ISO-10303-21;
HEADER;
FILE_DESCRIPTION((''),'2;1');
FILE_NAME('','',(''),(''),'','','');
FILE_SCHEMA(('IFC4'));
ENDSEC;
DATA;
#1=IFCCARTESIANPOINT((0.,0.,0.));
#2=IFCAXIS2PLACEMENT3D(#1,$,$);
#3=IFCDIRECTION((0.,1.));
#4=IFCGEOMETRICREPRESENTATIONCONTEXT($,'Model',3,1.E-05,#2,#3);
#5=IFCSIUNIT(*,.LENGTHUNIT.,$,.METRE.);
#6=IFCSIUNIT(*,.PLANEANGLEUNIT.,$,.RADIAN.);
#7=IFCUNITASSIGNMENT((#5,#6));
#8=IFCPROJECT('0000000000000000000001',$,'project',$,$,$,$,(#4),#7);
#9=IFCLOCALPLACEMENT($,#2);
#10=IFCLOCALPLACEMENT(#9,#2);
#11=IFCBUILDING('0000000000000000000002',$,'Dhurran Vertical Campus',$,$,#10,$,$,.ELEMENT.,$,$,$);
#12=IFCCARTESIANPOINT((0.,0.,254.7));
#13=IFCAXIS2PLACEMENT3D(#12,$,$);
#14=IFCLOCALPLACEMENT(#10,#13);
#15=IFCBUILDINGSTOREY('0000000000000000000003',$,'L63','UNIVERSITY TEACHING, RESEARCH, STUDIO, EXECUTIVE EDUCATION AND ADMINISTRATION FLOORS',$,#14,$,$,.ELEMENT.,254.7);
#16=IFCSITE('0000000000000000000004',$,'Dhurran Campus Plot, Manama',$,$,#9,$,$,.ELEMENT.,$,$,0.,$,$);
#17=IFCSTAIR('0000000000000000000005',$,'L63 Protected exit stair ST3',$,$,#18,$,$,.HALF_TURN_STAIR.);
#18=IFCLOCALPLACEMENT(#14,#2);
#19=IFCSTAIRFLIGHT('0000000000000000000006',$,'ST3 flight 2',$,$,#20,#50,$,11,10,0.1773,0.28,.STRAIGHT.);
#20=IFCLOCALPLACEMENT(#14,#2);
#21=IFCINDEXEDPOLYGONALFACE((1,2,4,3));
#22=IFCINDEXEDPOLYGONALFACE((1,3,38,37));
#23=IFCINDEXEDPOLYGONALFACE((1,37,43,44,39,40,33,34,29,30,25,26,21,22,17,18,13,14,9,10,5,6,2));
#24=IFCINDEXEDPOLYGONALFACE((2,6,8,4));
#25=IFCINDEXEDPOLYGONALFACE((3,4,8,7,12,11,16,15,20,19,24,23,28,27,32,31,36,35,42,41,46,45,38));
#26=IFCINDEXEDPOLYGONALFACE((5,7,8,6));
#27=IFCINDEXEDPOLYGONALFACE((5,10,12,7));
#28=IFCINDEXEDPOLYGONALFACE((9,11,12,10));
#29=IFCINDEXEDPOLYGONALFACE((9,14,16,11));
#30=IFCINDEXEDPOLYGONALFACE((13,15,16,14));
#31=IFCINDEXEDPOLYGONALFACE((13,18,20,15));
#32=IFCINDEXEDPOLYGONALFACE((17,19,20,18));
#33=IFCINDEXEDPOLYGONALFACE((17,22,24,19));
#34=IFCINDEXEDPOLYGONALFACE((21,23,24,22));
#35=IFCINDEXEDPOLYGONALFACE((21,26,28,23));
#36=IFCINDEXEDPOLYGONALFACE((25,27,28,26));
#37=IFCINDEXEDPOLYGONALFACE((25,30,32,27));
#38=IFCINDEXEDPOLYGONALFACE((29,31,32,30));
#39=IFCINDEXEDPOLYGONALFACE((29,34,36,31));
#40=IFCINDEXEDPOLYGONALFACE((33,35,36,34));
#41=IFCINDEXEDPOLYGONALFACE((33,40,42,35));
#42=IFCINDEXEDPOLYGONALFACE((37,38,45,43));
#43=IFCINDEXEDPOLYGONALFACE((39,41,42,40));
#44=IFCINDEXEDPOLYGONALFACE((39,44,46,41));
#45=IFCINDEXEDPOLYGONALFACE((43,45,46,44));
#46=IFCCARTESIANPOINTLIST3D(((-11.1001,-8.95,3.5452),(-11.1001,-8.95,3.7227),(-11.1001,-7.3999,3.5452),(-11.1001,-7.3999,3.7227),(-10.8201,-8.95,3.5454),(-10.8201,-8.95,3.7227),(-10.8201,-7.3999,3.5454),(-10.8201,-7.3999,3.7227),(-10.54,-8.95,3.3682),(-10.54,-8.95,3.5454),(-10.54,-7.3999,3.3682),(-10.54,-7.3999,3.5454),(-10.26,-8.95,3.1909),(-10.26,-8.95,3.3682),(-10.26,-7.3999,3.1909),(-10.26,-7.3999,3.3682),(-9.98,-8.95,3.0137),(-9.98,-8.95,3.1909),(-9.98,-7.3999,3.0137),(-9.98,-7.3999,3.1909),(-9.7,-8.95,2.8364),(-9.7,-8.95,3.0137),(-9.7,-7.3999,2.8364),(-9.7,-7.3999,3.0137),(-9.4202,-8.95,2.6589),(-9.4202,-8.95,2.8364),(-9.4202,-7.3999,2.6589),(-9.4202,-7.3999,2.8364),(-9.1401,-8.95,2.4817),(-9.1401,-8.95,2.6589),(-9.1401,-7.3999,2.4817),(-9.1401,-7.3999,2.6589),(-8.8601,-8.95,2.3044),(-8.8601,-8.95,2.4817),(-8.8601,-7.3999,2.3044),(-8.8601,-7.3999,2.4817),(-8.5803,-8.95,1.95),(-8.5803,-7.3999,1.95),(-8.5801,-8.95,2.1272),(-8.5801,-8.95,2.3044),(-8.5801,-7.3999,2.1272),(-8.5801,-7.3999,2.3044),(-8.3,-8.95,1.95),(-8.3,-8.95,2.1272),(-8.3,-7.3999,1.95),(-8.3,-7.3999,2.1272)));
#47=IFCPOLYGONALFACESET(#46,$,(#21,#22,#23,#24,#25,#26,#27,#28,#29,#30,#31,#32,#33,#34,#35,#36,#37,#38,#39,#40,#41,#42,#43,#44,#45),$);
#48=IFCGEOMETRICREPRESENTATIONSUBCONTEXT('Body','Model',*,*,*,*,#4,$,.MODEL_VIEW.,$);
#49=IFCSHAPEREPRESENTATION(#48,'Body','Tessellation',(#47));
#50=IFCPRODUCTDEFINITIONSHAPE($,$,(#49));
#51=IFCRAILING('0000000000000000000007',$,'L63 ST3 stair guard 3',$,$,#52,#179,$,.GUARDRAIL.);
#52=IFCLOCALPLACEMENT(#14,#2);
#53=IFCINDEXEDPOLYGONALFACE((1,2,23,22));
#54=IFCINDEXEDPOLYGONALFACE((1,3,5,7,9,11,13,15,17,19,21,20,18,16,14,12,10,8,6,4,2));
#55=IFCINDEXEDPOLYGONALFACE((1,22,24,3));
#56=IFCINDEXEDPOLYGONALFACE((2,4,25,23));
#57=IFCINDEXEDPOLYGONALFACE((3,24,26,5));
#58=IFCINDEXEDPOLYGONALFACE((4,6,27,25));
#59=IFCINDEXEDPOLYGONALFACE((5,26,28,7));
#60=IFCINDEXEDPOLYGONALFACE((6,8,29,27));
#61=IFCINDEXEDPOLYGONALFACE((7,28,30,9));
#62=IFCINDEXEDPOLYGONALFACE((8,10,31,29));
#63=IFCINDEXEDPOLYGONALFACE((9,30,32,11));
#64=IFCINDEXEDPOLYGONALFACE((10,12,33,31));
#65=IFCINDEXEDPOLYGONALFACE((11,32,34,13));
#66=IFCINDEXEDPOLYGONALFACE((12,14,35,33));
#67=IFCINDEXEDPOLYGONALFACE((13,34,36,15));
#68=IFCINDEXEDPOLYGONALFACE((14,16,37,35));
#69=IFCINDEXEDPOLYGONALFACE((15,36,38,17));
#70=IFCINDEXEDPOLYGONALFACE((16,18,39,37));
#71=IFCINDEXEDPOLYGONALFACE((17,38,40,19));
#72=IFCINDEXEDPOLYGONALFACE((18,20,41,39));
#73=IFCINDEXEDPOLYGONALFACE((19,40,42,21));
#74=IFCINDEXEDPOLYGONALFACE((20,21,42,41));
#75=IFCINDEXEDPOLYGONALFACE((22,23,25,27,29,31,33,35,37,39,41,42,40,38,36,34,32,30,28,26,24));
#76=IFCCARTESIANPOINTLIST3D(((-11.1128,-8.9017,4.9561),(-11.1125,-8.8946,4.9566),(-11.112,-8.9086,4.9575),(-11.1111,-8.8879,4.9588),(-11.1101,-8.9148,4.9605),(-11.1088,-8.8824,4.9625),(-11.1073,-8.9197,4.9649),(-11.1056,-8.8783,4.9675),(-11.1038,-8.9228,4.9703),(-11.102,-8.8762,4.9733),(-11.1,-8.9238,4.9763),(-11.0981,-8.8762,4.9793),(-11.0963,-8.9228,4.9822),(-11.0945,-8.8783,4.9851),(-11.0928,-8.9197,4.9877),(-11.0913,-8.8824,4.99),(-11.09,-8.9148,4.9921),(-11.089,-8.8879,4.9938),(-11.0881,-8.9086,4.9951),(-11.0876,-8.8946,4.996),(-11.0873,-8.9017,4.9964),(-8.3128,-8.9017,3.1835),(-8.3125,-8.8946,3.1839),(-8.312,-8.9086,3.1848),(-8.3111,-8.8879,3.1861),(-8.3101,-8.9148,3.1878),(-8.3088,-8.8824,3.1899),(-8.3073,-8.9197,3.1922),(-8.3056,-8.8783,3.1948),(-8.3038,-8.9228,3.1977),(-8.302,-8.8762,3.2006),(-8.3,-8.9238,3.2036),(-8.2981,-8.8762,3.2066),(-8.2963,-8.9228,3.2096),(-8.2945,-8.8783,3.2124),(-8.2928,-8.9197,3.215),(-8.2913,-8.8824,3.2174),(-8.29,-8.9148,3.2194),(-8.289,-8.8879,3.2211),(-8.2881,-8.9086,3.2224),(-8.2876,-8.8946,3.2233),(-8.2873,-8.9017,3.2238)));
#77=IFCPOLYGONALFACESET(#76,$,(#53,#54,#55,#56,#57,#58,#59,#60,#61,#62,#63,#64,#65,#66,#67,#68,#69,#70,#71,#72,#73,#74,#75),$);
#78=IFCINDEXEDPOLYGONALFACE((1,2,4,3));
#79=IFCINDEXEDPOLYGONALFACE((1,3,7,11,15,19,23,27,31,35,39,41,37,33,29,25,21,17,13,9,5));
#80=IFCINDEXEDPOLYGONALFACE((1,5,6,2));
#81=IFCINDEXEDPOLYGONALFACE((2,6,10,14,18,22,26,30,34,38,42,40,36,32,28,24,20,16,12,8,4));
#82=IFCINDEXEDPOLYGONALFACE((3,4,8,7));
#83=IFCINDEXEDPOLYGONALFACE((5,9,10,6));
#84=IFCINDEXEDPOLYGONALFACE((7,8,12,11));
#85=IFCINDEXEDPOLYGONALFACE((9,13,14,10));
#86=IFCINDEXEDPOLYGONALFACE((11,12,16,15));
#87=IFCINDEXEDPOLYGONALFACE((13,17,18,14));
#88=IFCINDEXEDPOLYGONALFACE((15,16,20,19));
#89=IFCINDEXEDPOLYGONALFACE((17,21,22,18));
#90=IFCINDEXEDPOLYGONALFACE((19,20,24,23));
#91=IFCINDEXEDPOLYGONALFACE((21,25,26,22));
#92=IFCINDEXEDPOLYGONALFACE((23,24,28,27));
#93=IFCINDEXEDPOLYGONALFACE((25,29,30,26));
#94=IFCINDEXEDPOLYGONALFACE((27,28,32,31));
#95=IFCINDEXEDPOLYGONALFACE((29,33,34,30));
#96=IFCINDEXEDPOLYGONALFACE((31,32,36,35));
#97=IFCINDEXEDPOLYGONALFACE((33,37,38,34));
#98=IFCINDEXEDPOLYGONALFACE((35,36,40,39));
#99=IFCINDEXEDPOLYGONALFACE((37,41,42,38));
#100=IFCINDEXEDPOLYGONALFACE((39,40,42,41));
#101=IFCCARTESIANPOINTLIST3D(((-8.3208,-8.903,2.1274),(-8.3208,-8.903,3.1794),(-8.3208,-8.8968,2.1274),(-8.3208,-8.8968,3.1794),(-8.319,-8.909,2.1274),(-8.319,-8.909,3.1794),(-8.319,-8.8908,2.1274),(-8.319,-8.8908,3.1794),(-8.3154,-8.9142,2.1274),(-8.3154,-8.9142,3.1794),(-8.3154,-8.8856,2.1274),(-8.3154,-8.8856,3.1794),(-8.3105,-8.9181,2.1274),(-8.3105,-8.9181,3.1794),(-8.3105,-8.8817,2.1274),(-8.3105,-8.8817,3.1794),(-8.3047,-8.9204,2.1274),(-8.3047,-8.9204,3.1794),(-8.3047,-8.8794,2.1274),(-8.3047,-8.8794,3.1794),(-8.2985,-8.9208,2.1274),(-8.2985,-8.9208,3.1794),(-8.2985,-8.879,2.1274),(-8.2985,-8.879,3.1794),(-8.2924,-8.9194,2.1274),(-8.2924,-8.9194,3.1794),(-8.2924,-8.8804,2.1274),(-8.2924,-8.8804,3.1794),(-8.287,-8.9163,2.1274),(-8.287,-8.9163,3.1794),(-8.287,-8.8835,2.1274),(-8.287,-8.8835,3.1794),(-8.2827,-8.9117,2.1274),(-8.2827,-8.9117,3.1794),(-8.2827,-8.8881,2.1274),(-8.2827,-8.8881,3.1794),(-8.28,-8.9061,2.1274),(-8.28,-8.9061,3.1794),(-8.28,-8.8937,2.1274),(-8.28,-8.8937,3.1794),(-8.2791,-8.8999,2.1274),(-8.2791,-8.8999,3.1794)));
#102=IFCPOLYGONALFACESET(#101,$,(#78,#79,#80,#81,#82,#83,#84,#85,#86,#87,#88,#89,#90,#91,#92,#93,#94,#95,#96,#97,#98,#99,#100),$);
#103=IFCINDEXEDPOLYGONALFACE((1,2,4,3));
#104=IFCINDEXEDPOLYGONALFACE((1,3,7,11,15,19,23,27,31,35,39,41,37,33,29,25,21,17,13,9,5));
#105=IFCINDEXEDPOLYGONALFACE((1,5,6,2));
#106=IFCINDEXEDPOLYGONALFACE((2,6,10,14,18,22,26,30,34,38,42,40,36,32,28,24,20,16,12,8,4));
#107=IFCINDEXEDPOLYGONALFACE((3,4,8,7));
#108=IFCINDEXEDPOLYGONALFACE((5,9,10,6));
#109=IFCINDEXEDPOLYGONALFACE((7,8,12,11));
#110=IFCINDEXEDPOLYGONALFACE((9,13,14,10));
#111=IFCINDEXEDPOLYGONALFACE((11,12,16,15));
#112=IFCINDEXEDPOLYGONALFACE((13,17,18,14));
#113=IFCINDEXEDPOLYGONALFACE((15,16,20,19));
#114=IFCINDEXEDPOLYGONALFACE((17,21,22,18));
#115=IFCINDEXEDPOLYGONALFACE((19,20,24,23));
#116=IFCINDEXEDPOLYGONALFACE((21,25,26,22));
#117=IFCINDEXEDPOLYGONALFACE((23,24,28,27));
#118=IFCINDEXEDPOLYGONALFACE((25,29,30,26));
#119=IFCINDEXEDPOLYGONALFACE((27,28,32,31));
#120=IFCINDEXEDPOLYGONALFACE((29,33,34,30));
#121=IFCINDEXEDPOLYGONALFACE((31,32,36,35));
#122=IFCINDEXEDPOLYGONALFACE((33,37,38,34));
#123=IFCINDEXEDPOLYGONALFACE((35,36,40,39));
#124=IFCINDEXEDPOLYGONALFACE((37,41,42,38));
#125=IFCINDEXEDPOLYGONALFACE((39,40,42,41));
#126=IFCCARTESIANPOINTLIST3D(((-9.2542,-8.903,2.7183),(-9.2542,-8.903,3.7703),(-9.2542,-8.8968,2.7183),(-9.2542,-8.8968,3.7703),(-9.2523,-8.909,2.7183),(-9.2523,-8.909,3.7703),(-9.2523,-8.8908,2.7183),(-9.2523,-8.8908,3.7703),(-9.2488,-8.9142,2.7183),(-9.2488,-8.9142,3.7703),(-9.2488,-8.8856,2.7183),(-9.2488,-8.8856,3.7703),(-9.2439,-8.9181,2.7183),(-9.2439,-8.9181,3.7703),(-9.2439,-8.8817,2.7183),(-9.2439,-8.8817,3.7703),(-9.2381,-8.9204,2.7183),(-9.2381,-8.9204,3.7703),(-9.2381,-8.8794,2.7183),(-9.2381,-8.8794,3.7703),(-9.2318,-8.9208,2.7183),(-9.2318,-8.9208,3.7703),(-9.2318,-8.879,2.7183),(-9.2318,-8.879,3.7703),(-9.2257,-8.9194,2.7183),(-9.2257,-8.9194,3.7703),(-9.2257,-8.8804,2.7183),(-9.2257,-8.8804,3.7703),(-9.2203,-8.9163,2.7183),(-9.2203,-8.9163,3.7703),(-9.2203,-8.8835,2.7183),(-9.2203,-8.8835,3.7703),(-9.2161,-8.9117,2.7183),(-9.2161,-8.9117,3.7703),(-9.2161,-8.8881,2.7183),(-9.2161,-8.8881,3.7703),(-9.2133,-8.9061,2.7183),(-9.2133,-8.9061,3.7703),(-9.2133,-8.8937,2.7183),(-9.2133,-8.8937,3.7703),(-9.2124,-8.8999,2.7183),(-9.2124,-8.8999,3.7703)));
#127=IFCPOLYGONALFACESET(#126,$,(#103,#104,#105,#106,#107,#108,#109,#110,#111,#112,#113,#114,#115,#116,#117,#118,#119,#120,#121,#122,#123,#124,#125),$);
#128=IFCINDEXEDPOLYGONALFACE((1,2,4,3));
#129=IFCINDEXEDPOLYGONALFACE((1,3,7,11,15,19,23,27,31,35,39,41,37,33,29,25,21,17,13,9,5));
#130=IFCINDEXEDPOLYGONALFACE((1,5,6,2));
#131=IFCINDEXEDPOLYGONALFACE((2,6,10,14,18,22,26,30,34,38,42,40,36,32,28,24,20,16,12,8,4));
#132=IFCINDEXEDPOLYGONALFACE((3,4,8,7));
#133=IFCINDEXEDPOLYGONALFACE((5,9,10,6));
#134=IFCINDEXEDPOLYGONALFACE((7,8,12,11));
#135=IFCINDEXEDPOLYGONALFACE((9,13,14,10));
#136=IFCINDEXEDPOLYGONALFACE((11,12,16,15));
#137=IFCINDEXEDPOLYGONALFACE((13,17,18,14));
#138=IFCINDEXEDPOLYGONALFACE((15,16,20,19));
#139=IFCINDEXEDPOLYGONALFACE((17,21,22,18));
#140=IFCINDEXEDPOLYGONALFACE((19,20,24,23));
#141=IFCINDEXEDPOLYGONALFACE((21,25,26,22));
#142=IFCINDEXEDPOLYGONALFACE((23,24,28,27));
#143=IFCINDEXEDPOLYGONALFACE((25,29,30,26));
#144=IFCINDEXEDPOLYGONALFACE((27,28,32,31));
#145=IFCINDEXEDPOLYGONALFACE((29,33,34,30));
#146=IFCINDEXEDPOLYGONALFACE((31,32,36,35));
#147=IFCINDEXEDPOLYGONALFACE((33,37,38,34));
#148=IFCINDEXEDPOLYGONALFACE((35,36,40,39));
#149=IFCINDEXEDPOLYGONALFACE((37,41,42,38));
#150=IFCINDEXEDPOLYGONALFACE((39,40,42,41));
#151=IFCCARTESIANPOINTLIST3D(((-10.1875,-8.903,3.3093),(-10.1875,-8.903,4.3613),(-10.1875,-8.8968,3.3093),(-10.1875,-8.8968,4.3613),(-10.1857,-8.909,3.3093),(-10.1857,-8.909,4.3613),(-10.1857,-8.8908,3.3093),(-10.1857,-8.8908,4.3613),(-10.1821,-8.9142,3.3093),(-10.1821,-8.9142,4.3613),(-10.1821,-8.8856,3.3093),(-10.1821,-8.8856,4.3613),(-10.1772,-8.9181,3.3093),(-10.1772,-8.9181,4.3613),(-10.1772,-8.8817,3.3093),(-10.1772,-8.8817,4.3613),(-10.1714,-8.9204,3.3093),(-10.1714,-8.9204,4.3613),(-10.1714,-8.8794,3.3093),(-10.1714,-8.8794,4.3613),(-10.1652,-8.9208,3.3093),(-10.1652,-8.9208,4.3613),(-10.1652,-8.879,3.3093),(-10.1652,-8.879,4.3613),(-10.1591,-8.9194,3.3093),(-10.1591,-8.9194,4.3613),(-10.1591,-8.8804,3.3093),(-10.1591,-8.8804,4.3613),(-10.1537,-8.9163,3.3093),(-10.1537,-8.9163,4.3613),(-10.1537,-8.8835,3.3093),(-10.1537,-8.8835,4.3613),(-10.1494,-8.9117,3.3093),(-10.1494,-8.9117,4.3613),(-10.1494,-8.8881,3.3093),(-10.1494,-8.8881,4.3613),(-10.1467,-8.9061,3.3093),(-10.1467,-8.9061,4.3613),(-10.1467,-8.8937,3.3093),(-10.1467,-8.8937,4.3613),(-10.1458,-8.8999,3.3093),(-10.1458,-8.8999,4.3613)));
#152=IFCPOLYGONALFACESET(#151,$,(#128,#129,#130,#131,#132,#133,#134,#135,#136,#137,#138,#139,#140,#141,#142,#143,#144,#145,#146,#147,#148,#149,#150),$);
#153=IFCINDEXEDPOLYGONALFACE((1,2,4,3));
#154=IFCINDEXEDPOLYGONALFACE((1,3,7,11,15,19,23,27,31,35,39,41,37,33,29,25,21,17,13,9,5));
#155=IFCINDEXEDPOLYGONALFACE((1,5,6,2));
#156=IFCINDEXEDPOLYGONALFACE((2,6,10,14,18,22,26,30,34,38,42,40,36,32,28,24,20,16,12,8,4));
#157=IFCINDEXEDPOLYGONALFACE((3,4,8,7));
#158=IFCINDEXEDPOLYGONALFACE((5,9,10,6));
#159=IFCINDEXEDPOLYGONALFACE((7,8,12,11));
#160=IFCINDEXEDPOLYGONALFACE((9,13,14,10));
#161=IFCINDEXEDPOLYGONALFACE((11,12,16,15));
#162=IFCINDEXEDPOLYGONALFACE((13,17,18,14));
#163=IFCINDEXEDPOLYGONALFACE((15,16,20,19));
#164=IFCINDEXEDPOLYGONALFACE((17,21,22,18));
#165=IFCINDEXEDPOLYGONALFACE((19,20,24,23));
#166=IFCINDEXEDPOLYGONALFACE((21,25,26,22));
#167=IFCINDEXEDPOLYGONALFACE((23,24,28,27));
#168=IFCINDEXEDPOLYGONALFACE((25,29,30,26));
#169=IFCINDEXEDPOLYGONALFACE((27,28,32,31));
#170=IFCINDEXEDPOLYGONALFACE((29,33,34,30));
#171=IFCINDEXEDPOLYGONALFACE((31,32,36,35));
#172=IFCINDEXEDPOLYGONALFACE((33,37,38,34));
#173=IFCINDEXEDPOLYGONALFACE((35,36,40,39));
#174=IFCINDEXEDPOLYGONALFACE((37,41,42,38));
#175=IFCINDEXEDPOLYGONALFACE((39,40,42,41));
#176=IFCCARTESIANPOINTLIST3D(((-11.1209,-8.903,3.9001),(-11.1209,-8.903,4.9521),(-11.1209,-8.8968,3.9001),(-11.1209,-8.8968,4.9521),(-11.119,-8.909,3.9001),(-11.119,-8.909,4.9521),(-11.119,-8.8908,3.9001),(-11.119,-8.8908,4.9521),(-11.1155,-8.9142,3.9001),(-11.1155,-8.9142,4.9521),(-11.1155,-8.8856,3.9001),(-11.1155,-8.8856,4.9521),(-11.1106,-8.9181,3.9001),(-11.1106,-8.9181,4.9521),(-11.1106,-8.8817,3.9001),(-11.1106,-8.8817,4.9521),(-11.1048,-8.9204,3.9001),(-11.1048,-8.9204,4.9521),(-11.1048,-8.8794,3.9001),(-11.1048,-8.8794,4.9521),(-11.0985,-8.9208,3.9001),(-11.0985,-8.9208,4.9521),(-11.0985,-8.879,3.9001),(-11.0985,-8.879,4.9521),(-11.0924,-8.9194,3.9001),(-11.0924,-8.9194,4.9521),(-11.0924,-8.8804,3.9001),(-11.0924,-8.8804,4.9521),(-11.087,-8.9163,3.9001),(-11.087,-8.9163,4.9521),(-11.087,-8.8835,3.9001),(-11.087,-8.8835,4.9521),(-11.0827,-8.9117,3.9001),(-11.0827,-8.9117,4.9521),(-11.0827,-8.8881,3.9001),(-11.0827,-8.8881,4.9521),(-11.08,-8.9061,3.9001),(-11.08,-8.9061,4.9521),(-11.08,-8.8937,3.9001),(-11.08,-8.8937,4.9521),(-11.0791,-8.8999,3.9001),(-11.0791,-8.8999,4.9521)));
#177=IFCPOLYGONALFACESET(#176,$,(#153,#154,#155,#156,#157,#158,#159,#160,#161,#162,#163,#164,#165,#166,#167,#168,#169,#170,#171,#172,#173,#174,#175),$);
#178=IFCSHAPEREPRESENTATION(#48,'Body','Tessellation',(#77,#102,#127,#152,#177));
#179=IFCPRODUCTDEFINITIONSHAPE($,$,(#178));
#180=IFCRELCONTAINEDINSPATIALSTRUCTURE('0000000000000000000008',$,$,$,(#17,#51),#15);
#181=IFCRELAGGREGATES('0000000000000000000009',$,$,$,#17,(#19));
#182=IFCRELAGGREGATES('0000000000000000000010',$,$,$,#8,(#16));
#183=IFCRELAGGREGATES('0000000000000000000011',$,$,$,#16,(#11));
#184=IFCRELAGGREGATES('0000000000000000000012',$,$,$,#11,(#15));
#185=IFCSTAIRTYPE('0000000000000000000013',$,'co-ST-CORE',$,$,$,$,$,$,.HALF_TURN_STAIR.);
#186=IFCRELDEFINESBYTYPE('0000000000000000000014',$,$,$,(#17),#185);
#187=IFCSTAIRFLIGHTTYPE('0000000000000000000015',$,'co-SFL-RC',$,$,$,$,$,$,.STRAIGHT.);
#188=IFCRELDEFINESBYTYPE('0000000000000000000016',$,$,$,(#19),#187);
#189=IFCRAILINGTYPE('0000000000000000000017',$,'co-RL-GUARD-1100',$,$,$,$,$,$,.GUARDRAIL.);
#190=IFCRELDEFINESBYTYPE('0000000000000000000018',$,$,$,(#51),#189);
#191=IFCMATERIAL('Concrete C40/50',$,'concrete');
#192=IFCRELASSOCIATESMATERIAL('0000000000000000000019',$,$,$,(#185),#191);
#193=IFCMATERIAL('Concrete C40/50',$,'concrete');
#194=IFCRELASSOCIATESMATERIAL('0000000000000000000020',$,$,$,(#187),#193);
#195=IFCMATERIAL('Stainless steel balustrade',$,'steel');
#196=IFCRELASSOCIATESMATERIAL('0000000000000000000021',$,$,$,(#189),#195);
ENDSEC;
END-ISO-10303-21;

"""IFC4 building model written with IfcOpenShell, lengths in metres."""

from ifc_helpers import new_model, si_unit, direction, frame, origin, origin_2d, place, context, subcontext, project, spatial, polyline, circle, outline, extrude, material, type_object, element, aggregate, save


model = new_model("IFC4")

# Units and contexts
model_context = context("Model", 3, precision=1e-05, world=origin(), true_north=direction((0.0, 1.0)))
body_context = subcontext(model_context, "Body", "Model", "MODEL_VIEW")
ifc_project = project(units=[si_unit("LENGTHUNIT", "METRE"), si_unit("PLANEANGLEUNIT", "RADIAN")], contexts=[model_context])

# Site, building, storey
site_placement = place(None, origin())
site = spatial("IfcSite", under=ifc_project, at=site_placement, Name="Dhurran Campus Plot, Manama", CompositionType="ELEMENT", RefElevation=0.0)
building_placement = place(site_placement, origin())
building = spatial("IfcBuilding", under=site, at=building_placement, Name="Dhurran Vertical Campus", CompositionType="ELEMENT")
storey_placement = place(building_placement, frame((0.0, 0.0, 254.7)))
storey = spatial("IfcBuildingStorey", under=building, at=storey_placement, Name="L63", Description="UNIVERSITY TEACHING, RESEARCH, STUDIO, EXECUTIVE EDUCATION AND ADMINISTRATION FLOORS", CompositionType="ELEMENT", Elevation=254.7)

# Stair, stair flight
ifc_material_1 = material(Name="Concrete C40/50", Category="concrete")
stair_type = type_object("IfcStairType", Name="co-ST-CORE", PredefinedType="HALF_TURN_STAIR", material=ifc_material_1)
stair_placement = place(storey_placement, origin())
stair = element("IfcStair", 1, at=stair_placement, inside=storey, type_object=stair_type, Name="L63 Protected exit stair ST3", PredefinedType="HALF_TURN_STAIR")
ifc_material_2 = material(Name="Concrete C40/50", Category="concrete")
stair_flight_type = type_object("IfcStairFlightType", Name="co-SFL-RC", PredefinedType="STRAIGHT", material=ifc_material_2)
stair_flight_placement = place(storey_placement, frame((-8.3, -8.175, 1.95), z_axis=(0.0, 0.0, 1.0), x_axis=(-1.0, 0.0, 0.0)))
stair_flight = element("IfcStairFlight", 2, at=stair_flight_placement, type_object=stair_flight_type, Name="ST3 flight 2", NumberOfRisers=11, NumberOfTreads=10, PredefinedType="STRAIGHT", RiserHeight=0.1773, TreadLength=0.28, context=body_context, shape_type="SweptSolid", body=[
    extrude(outline(polyline([(0.0, 0.0), (0.0, 0.1772), (0.28, 0.1772), (0.28, 0.3545), (0.5601, 0.3545), (0.5601, 0.5317), (0.8401, 0.5317), (0.8401, 0.709), (1.1201, 0.709), (1.1201, 0.8865), (1.3999, 0.8865), (1.3999, 1.0637), (1.6799, 1.0637), (1.6799, 1.241), (1.96, 1.241), (1.96, 1.4182), (2.24, 1.4182), (2.24, 1.5955), (2.52, 1.5955), (2.52, 1.7727), (2.8, 1.7727), (2.8, 1.95), (2.8, 1.5952), (0.2803, 0.0), (0.0, 0.0)])), frame((0.0, 0.7749, 0.0), z_axis=(0.0, -1.0, 0.0), x_axis=(1.0, 0.0, 0.0)), (0.0, 0.0, 1.0), 1.55),
])
aggregate(stair, [stair_flight])

# Railing
ifc_material_3 = material(Name="Stainless steel balustrade", Category="steel")
railing_type_1 = type_object("IfcRailingType", Name="co-RL-GUARD-1100", PredefinedType="GUARDRAIL", material=ifc_material_3)
railing_1_placement = place(storey_placement, frame((-8.3, -8.8999, 2.1274)))
element("IfcRailing", 3, at=railing_1_placement, inside=storey, type_object=railing_type_1, Name="L63 ST3 stair guard 3", PredefinedType="GUARDRAIL", context=body_context, shape_type="SweptSolid", body=[
    extrude(circle(Radius=0.0239, at=origin_2d()), frame((0.0, 0.0, 1.0762), z_axis=(-0.844909, 0.0, 0.53491), x_axis=(0.0, -1.0, 0.0)), (0.0, 0.0, 1.0), 3.314),
    extrude(circle(Radius=0.021, at=origin_2d()), origin(), (0.0, 0.0, 1.0), 1.052),
    extrude(circle(Radius=0.021, at=origin_2d()), frame((-0.9333, 0.0, 0.5908)), (0.0, 0.0, 1.0), 1.052),
    extrude(circle(Radius=0.021, at=origin_2d()), frame((-1.8667, 0.0, 1.1819)), (0.0, 0.0, 1.0), 1.052),
    extrude(circle(Radius=0.021, at=origin_2d()), frame((-2.8, 0.0, 1.7727)), (0.0, 0.0, 1.0), 1.052),
])

save(model, "model.ifc")
